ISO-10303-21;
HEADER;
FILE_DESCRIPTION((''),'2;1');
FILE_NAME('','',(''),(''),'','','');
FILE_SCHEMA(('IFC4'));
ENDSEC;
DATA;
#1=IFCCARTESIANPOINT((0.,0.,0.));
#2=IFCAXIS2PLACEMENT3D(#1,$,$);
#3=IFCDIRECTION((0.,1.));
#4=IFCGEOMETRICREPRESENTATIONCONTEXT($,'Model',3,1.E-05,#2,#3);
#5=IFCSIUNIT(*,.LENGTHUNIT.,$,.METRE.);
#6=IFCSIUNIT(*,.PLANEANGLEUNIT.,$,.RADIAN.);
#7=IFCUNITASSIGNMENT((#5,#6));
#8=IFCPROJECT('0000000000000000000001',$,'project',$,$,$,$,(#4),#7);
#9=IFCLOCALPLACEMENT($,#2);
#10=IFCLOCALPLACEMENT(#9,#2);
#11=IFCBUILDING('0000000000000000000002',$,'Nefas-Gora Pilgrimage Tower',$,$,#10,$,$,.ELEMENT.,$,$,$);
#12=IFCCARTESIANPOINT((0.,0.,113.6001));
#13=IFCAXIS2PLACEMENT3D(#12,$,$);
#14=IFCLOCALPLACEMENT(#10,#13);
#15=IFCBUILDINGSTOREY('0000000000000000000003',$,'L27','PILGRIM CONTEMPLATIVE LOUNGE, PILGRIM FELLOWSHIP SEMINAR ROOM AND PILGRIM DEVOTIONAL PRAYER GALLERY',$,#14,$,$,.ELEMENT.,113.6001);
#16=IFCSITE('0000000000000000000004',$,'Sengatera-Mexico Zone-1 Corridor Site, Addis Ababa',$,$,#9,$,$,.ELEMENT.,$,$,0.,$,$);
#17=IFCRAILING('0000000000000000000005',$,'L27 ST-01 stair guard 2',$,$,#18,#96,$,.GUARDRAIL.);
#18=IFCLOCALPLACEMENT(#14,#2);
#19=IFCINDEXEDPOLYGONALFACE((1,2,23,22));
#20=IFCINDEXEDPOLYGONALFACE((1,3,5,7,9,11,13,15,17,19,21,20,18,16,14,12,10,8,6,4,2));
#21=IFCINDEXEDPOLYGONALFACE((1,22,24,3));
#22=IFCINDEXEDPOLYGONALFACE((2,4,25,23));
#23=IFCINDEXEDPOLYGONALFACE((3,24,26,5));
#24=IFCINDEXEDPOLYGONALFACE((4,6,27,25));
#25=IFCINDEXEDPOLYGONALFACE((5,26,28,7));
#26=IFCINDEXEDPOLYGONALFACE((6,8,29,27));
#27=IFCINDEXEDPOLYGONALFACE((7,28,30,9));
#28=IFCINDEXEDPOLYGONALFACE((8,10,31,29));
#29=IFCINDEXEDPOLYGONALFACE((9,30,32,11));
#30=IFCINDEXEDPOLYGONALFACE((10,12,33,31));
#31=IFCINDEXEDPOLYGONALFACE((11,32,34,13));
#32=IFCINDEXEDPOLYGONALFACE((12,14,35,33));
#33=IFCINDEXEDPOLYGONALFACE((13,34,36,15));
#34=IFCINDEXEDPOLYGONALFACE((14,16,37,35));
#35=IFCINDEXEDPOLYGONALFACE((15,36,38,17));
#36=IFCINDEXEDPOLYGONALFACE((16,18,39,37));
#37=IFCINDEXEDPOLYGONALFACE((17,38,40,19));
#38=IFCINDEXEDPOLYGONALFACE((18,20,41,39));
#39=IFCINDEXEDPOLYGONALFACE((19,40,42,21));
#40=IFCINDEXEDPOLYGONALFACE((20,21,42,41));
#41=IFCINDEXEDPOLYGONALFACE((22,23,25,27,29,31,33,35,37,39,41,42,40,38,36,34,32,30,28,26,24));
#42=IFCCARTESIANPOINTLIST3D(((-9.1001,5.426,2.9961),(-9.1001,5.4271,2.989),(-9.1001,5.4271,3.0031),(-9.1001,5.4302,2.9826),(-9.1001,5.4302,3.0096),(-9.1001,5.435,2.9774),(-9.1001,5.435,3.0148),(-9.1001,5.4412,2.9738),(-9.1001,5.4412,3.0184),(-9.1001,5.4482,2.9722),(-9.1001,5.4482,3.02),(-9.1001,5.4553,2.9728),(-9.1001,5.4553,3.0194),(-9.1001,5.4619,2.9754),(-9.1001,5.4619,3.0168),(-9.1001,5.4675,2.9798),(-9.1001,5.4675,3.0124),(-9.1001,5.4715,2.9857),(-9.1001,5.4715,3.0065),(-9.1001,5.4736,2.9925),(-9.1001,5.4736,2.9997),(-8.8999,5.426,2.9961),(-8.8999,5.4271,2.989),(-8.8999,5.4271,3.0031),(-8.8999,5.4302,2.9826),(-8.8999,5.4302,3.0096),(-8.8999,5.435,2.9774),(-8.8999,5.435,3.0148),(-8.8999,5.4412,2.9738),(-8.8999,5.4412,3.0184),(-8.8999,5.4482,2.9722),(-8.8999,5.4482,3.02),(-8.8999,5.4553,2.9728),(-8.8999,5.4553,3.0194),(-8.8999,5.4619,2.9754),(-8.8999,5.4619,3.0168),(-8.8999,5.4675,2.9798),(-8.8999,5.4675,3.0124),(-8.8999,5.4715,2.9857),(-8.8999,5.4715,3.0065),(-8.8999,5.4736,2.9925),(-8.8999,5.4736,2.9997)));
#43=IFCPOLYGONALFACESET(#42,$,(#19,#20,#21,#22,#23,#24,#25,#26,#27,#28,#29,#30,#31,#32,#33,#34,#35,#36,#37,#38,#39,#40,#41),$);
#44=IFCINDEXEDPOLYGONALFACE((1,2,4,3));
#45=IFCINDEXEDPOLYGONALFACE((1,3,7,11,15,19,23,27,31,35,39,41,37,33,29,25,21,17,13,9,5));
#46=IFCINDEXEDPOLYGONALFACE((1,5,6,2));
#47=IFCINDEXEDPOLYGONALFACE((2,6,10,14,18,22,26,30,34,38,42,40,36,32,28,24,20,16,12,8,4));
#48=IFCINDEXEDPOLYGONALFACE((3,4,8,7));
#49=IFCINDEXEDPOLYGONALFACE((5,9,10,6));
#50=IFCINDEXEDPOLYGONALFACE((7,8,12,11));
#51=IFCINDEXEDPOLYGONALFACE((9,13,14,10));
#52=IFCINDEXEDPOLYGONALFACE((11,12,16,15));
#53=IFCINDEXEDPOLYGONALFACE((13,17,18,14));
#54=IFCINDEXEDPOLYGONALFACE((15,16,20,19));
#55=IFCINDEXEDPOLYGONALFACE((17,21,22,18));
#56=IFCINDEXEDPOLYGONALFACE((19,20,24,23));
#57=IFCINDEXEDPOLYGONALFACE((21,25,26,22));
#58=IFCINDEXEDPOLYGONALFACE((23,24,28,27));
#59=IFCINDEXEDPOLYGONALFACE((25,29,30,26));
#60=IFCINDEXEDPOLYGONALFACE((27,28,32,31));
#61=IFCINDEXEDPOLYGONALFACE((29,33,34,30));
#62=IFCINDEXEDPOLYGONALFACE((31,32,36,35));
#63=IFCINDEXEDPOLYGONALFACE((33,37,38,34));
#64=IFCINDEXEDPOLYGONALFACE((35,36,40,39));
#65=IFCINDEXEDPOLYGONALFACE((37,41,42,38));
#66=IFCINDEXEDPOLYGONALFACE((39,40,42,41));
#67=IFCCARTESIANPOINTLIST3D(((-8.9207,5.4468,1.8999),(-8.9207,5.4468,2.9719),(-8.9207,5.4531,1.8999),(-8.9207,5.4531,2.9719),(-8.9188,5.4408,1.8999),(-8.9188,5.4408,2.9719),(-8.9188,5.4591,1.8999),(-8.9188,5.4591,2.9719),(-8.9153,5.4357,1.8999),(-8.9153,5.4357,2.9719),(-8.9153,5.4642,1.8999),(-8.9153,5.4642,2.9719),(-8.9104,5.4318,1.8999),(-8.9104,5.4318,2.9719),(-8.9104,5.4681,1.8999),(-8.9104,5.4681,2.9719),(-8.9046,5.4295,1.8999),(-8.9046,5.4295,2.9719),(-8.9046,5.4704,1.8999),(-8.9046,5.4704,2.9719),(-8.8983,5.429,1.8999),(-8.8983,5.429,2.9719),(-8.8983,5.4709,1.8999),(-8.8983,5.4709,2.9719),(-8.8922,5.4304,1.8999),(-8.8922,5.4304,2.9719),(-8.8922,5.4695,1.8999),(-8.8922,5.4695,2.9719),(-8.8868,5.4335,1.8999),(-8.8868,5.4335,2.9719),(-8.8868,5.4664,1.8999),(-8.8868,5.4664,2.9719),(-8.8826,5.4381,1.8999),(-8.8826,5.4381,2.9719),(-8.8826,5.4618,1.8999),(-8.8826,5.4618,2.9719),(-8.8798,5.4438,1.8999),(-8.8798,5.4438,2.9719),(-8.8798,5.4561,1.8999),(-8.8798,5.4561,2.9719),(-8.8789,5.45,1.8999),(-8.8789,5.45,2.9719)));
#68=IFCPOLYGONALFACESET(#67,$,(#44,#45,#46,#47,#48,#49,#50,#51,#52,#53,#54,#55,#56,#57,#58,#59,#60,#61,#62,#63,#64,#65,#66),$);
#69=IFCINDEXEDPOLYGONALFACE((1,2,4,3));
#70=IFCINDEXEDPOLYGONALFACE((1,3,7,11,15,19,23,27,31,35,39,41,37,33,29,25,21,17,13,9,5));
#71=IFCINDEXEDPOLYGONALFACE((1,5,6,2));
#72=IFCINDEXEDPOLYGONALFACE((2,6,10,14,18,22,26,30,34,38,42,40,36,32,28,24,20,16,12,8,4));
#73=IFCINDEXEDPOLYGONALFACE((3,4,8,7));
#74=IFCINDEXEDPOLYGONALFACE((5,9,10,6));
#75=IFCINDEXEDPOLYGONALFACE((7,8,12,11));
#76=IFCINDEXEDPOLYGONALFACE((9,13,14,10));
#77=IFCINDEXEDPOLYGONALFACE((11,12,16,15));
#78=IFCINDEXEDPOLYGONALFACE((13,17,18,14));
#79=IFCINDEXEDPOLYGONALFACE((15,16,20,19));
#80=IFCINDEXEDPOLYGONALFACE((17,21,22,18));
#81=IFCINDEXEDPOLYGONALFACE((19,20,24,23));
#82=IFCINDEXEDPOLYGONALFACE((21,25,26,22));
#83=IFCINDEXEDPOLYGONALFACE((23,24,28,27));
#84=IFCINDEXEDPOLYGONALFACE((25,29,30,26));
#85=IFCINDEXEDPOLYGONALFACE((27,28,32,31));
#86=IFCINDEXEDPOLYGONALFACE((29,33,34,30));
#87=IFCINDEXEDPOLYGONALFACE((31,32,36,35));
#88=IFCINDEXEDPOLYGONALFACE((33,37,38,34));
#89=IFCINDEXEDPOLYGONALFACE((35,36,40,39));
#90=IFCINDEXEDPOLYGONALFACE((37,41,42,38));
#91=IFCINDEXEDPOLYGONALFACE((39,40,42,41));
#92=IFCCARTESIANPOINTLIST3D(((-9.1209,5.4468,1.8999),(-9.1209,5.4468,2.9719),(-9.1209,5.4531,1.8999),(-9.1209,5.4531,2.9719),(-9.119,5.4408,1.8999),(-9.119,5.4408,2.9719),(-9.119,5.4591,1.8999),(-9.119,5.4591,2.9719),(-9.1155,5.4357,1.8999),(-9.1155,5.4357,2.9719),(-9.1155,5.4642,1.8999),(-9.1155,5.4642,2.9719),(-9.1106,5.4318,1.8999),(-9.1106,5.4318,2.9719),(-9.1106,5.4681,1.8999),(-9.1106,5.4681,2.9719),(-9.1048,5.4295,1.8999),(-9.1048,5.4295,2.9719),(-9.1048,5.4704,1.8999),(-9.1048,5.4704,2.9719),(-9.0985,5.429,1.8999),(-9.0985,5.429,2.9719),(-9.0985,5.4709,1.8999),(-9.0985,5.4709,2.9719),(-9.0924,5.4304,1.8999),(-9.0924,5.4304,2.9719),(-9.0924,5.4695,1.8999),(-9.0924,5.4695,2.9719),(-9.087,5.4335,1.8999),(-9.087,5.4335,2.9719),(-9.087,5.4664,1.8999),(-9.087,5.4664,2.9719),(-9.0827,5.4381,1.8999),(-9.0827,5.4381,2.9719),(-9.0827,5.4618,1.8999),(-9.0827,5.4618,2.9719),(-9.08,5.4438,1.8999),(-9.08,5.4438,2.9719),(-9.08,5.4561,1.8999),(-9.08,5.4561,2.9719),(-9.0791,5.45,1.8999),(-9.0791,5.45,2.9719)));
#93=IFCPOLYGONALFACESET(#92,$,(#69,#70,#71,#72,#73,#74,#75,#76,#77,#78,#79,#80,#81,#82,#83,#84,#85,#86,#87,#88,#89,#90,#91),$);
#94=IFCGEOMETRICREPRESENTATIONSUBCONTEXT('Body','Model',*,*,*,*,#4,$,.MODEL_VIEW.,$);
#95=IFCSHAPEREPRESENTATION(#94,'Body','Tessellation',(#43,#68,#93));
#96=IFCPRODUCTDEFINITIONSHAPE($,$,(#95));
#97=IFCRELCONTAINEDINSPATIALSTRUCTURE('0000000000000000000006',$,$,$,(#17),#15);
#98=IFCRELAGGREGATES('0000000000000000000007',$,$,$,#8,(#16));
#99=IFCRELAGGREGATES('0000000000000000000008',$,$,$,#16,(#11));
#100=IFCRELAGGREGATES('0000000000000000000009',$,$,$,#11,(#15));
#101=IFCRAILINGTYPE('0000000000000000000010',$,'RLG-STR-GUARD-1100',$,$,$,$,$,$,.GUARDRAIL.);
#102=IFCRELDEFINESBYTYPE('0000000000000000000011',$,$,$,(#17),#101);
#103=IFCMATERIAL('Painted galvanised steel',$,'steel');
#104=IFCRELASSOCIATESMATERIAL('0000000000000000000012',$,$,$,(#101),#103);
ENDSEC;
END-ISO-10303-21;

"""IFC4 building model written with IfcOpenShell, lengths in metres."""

from ifc_helpers import new_model, si_unit, direction, frame, origin, origin_2d, place, context, subcontext, project, spatial, circle, extrude, material, type_object, element, save


model = new_model("IFC4")

# Units and contexts
model_context = context("Model", 3, precision=1e-05, world=origin(), true_north=direction((0.0, 1.0)))
body_context = subcontext(model_context, "Body", "Model", "MODEL_VIEW")
ifc_project = project(units=[si_unit("LENGTHUNIT", "METRE"), si_unit("PLANEANGLEUNIT", "RADIAN")], contexts=[model_context])

# Site, building, storey
site_placement = place(None, origin())
site = spatial("IfcSite", under=ifc_project, at=site_placement, Name="Sengatera-Mexico Zone-1 Corridor Site, Addis Ababa", CompositionType="ELEMENT", RefElevation=0.0)
building_placement = place(site_placement, origin())
building = spatial("IfcBuilding", under=site, at=building_placement, Name="Nefas-Gora Pilgrimage Tower", CompositionType="ELEMENT")
storey_placement = place(building_placement, frame((0.0, 0.0, 113.6001)))
storey = spatial("IfcBuildingStorey", under=building, at=storey_placement, Name="L27", Description="PILGRIM CONTEMPLATIVE LOUNGE, PILGRIM FELLOWSHIP SEMINAR ROOM AND PILGRIM DEVOTIONAL PRAYER GALLERY", CompositionType="ELEMENT", Elevation=113.6001)

# Railing
ifc_material_1 = material(Name="Painted galvanised steel", Category="steel")
railing_type_1 = type_object("IfcRailingType", Name="RLG-STR-GUARD-1100", PredefinedType="GUARDRAIL", material=ifc_material_1)
railing_1_placement = place(storey_placement, frame((-8.8999, 5.45, 1.8999)))
element("IfcRailing", 1, at=railing_1_placement, inside=storey, type_object=railing_type_1, Name="L27 ST-01 stair guard 2", PredefinedType="GUARDRAIL", context=body_context, shape_type="SweptSolid", body=[
    extrude(circle(Radius=0.0239, at=origin_2d()), frame((0.0, 0.0, 1.0962), z_axis=(-1.0, 0.0, 0.0), x_axis=(0.0, -1.0, 0.0)), (0.0, 0.0, 1.0), 0.2002),
    extrude(circle(Radius=0.021, at=origin_2d()), origin(), (0.0, 0.0, 1.0), 1.072),
    extrude(circle(Radius=0.021, at=origin_2d()), frame((-0.2002, 0.0, 0.0)), (0.0, 0.0, 1.0), 1.072),
])

save(model, "model.ifc")
